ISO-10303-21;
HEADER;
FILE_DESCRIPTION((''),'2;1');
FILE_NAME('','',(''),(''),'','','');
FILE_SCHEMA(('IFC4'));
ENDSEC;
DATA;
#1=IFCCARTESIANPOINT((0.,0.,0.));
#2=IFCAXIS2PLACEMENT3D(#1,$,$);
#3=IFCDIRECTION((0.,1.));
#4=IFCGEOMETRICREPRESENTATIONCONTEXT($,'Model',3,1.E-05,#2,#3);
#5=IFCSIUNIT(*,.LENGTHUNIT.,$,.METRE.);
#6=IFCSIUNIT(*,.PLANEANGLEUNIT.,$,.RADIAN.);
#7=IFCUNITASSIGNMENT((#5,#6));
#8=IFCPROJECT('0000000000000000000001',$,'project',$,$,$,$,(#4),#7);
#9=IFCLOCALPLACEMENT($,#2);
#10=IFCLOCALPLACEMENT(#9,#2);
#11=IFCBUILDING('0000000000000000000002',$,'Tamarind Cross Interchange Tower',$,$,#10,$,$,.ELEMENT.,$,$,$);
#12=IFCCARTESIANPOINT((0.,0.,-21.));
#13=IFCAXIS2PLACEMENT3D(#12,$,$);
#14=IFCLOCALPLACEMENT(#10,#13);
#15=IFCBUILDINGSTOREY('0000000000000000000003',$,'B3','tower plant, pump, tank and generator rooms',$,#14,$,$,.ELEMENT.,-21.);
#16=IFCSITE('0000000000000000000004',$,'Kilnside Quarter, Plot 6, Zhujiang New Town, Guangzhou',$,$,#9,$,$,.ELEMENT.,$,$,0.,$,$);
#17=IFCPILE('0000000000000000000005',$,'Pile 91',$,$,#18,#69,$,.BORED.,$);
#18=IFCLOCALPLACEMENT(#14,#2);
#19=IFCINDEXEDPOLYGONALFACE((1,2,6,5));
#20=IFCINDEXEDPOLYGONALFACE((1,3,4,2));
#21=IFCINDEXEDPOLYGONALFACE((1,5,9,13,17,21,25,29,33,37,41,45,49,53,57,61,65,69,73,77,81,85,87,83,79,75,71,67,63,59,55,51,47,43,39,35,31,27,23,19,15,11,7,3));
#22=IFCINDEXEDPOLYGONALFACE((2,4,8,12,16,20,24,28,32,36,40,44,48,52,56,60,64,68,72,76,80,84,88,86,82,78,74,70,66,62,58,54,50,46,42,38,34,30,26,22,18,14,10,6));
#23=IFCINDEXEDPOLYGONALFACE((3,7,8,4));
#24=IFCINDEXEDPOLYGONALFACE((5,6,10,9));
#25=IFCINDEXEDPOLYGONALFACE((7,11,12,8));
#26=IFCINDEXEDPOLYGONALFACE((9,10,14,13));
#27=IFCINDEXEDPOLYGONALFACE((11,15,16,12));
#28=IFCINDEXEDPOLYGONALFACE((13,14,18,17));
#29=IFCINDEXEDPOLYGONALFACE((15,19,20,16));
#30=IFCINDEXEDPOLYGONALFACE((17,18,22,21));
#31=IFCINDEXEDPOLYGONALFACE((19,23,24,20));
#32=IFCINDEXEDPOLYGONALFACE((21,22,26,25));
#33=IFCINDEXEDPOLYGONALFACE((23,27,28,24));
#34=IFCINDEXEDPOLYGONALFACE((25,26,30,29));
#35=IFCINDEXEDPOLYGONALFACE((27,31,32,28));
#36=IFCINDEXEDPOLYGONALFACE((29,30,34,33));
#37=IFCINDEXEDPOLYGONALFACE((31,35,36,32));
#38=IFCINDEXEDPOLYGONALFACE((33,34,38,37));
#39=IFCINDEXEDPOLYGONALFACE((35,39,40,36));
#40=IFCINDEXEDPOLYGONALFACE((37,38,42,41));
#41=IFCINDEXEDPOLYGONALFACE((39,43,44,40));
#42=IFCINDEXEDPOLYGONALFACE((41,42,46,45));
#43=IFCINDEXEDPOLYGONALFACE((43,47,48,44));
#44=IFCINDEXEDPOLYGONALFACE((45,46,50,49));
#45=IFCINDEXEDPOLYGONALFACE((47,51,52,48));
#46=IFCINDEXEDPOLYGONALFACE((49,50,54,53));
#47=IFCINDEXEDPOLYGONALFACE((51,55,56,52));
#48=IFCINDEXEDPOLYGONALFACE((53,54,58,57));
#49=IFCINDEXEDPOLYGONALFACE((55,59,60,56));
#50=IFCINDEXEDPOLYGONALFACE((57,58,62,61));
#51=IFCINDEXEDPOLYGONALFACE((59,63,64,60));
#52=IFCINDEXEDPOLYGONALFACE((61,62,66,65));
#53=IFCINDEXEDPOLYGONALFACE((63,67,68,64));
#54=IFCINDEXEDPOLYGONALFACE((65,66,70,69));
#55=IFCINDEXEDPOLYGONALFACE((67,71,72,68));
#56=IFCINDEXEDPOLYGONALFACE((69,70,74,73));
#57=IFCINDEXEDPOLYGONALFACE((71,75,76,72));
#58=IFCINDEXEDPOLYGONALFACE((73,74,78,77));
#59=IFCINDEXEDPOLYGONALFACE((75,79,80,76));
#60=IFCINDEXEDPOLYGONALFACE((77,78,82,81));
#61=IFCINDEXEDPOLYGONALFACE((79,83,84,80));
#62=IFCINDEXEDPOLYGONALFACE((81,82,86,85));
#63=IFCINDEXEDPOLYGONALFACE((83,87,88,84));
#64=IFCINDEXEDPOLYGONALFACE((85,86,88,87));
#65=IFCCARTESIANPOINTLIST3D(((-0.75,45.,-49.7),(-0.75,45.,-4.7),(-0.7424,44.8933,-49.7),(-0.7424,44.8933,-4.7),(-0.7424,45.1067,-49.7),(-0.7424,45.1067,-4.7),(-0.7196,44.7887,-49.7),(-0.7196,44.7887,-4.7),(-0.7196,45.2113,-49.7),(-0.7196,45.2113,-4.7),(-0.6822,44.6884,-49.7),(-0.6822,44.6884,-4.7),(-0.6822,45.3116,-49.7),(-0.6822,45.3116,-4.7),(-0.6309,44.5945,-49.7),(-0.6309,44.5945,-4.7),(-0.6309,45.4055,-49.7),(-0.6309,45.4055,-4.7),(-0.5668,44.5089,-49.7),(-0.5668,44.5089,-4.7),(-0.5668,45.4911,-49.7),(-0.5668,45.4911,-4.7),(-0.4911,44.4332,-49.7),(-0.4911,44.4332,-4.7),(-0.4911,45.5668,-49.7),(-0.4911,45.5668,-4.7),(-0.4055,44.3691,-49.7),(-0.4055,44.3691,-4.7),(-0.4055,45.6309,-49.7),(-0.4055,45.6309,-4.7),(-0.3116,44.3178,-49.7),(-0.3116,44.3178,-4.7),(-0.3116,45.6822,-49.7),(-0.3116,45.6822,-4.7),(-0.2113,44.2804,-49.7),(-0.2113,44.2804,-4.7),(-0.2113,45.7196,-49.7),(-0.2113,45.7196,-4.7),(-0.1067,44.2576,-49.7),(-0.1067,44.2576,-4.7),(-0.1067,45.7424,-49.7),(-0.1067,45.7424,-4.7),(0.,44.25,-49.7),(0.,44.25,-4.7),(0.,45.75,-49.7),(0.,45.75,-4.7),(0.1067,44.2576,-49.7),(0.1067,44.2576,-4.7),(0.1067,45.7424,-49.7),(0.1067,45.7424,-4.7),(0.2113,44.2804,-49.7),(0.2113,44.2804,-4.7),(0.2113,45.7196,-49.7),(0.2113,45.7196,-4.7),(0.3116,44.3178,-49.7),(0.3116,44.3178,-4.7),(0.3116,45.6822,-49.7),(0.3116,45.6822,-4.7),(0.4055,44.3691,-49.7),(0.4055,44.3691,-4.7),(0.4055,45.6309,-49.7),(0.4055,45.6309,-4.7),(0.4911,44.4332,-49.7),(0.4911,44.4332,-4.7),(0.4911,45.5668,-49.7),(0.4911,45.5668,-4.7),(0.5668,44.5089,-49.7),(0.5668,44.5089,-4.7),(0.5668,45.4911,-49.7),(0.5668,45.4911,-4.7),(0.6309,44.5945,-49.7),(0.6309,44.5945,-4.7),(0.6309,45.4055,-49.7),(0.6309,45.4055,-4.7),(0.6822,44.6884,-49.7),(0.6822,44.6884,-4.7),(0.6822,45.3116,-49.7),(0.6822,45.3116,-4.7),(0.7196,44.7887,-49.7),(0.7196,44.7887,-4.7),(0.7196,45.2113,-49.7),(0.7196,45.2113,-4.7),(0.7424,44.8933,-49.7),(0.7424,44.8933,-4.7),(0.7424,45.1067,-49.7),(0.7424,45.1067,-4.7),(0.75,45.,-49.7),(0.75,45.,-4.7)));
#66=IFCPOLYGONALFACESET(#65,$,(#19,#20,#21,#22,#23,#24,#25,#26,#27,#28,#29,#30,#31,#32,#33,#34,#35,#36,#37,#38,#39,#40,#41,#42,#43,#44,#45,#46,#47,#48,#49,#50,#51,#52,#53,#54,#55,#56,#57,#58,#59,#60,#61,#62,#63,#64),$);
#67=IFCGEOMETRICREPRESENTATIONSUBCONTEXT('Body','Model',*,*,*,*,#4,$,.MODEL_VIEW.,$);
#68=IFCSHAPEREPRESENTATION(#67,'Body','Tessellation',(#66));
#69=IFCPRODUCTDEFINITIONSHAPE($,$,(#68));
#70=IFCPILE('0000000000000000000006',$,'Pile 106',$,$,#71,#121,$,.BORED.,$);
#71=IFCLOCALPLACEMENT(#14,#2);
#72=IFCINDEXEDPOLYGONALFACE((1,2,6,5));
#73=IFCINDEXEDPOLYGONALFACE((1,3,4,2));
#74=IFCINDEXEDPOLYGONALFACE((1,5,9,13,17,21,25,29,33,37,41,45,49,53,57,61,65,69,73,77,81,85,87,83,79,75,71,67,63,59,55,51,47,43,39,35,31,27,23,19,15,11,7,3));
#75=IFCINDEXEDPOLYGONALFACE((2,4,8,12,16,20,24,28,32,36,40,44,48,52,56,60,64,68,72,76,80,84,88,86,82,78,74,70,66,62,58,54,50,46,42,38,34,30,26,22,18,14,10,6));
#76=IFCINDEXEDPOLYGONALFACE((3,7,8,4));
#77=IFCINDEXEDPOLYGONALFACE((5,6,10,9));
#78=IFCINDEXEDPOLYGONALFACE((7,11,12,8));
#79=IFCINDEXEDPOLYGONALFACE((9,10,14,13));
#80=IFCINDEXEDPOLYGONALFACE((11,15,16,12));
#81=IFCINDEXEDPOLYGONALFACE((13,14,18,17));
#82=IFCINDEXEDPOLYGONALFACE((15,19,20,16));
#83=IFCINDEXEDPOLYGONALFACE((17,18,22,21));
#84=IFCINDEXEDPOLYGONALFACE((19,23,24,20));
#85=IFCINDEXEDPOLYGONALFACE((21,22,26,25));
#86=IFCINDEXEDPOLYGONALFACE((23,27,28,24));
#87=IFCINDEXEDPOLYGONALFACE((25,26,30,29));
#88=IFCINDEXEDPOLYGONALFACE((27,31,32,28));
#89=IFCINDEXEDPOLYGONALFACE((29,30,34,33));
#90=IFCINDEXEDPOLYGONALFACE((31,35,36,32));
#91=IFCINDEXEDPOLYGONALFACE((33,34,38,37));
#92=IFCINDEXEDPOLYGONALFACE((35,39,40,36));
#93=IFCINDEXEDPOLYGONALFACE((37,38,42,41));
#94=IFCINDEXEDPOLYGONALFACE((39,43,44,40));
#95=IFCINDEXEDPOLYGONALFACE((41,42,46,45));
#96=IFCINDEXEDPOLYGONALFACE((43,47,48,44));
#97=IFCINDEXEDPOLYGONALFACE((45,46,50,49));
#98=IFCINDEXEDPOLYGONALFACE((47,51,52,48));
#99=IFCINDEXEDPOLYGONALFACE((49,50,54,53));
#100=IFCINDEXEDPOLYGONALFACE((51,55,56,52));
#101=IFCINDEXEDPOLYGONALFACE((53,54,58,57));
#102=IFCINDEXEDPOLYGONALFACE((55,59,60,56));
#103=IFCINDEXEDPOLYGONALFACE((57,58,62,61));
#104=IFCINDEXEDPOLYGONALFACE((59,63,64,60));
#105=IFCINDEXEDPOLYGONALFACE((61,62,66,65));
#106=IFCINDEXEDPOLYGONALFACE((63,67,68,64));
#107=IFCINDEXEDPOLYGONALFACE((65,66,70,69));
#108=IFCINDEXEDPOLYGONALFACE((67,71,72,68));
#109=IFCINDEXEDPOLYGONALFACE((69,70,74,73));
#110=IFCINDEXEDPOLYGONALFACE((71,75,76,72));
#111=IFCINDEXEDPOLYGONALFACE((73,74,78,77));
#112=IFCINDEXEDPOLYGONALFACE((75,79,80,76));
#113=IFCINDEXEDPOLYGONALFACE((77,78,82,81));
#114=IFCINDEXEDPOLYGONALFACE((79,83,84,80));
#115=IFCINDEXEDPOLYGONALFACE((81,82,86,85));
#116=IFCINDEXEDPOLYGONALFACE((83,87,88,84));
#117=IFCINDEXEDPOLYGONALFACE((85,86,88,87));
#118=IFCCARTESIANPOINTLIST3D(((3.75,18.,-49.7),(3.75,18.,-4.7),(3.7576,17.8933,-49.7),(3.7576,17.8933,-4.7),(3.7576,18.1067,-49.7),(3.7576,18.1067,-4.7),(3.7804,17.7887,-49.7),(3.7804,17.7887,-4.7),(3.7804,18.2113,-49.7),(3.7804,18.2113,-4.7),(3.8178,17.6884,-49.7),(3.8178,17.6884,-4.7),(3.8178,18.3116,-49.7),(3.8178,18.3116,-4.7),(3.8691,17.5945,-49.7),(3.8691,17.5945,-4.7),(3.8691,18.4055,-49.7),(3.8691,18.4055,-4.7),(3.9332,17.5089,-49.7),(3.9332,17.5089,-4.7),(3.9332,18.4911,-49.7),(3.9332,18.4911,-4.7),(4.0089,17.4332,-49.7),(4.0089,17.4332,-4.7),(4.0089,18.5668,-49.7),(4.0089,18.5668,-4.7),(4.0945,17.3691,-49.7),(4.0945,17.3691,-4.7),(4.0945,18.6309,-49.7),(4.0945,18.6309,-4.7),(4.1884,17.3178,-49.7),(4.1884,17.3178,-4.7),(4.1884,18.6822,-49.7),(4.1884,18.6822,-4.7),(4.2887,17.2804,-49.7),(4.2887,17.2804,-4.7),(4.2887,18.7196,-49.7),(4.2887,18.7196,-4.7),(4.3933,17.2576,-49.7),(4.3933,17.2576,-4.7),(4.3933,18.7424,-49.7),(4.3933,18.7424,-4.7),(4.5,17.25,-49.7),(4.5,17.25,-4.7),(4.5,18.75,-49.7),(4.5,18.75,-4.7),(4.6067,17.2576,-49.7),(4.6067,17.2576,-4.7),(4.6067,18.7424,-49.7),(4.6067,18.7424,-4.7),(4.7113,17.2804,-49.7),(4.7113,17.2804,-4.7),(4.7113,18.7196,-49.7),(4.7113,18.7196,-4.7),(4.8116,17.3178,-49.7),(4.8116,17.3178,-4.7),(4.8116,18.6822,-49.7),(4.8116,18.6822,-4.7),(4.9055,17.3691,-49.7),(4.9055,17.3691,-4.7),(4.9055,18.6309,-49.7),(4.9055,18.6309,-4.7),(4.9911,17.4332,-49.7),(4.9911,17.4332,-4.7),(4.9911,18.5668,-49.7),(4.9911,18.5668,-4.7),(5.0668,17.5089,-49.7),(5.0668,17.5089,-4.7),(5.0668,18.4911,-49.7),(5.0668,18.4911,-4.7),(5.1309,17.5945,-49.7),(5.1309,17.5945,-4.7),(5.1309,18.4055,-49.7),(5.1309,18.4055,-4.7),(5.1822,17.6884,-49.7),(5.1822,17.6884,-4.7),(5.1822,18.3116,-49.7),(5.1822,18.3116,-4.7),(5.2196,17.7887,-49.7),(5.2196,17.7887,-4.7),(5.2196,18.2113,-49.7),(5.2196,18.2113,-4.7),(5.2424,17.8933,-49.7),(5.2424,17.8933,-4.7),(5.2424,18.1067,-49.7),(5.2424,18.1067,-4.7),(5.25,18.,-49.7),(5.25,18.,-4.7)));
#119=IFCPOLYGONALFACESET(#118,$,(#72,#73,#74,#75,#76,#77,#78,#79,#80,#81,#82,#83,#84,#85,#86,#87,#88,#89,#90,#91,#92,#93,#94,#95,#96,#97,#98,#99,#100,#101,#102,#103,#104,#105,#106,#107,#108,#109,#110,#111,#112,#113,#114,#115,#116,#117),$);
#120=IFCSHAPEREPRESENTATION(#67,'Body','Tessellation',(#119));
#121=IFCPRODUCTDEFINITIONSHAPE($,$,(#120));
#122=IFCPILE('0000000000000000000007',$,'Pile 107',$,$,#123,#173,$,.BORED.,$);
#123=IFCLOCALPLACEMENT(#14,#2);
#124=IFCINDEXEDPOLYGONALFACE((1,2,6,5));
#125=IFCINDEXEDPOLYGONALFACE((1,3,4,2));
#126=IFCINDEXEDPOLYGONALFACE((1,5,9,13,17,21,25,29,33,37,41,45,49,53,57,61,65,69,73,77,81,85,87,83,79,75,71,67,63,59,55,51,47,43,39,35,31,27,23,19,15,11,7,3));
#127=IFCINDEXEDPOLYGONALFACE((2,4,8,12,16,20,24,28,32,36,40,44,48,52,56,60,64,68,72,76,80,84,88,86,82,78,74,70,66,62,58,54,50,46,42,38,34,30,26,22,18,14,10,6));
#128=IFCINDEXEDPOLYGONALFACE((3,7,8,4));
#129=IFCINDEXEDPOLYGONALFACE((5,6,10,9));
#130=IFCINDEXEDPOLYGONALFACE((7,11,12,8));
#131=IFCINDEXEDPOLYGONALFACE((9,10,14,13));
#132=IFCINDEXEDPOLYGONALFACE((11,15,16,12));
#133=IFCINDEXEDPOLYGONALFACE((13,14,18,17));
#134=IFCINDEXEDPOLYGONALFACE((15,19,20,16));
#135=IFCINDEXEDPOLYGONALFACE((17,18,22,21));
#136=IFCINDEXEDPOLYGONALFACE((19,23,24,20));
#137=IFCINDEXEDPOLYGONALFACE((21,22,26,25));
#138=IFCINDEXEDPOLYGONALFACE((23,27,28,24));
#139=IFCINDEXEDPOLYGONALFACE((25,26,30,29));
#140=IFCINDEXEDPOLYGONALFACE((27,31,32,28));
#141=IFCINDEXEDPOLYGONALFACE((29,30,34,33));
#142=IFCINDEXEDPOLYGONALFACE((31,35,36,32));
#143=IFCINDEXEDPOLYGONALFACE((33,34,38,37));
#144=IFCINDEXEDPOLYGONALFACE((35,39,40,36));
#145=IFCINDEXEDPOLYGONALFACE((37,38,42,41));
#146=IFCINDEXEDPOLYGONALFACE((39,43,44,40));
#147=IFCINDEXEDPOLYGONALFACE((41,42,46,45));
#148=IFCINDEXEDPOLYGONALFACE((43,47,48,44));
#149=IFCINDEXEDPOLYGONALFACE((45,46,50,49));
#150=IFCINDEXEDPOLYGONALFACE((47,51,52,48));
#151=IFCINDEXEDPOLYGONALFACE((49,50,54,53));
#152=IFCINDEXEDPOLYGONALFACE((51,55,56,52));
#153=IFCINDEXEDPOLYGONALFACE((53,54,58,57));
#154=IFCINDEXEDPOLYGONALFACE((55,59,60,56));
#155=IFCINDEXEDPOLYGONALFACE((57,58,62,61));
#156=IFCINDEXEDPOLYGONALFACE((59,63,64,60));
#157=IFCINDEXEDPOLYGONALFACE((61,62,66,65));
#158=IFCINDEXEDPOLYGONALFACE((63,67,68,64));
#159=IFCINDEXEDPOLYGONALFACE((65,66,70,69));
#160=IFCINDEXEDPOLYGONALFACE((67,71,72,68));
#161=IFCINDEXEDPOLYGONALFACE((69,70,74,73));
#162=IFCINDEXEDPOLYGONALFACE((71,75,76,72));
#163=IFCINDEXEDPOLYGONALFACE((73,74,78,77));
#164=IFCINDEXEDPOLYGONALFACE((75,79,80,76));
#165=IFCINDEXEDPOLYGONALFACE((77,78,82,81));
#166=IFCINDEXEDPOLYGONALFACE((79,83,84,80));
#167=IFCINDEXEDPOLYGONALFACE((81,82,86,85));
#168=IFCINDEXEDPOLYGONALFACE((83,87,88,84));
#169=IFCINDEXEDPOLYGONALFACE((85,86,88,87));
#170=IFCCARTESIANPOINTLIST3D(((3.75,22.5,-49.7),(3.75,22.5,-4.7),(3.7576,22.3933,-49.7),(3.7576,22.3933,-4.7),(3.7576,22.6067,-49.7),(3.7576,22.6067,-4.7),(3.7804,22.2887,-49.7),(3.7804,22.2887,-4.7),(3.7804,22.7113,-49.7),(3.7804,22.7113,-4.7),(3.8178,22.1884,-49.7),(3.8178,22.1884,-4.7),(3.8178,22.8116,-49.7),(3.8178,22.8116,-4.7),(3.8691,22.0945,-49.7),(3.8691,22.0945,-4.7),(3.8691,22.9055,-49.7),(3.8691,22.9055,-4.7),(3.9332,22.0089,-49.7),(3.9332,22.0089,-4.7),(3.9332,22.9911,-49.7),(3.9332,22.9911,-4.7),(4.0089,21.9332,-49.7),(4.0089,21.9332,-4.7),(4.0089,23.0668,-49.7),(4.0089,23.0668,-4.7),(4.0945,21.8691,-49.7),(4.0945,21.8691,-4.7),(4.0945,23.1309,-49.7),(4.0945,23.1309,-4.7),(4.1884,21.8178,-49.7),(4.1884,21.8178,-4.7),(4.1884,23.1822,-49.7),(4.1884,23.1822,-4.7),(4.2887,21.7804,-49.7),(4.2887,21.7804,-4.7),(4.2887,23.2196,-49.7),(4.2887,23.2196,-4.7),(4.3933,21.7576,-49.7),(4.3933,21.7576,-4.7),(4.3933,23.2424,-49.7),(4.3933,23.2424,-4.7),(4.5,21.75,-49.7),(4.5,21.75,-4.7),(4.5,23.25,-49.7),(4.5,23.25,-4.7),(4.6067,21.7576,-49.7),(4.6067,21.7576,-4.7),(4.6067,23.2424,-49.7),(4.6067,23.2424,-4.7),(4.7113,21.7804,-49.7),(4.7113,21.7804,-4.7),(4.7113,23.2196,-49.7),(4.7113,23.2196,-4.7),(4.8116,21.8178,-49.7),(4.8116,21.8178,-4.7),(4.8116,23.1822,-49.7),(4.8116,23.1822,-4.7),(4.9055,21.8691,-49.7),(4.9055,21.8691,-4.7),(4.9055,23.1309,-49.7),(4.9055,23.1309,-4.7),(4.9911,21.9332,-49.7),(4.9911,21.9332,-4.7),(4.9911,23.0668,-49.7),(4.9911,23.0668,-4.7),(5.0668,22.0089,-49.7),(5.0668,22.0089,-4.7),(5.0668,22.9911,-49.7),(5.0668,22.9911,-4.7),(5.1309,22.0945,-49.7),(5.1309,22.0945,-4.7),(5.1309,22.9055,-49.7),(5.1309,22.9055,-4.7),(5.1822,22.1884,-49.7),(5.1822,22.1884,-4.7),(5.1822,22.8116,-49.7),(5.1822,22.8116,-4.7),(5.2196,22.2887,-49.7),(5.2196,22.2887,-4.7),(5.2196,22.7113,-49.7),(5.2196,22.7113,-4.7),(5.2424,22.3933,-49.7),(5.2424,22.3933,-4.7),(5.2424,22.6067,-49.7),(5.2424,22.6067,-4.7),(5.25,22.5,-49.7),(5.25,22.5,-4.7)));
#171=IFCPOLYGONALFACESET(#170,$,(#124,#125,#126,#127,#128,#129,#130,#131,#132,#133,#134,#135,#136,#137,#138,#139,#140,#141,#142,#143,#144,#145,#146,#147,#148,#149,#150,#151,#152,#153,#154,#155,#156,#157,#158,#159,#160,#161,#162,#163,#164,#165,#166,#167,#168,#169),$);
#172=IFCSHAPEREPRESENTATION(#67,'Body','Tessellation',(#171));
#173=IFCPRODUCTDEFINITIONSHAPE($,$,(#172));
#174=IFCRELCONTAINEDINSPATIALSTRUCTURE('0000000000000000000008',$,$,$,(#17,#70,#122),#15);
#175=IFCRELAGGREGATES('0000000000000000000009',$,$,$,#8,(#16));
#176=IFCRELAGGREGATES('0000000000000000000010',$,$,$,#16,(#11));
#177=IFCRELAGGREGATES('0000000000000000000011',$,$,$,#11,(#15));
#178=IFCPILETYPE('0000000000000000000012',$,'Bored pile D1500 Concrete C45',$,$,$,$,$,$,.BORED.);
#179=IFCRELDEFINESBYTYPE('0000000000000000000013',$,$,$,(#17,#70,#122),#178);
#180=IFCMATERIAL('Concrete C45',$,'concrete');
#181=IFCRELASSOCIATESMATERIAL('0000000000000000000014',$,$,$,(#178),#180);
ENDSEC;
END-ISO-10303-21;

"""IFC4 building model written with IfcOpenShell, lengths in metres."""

from ifc_helpers import new_model, si_unit, direction, frame, origin, origin_2d, place, context, subcontext, project, spatial, circle, extrude, material, material_profile, profile_set, type_object, element, save


model = new_model("IFC4")

# Units and contexts
model_context = context("Model", 3, precision=1e-05, world=origin(), true_north=direction((0.0, 1.0)))
body_context = subcontext(model_context, "Body", "Model", "MODEL_VIEW")
ifc_project = project(units=[si_unit("LENGTHUNIT", "METRE"), si_unit("PLANEANGLEUNIT", "RADIAN")], contexts=[model_context])

# Site, building, storey
site_placement = place(None, origin())
site = spatial("IfcSite", under=ifc_project, at=site_placement, Name="Kilnside Quarter, Plot 6, Zhujiang New Town, Guangzhou", CompositionType="ELEMENT", RefElevation=0.0)
building_placement = place(site_placement, origin())
building = spatial("IfcBuilding", under=site, at=building_placement, Name="Tamarind Cross Interchange Tower", CompositionType="ELEMENT")
storey_placement = place(building_placement, frame((0.0, 0.0, -21.0)))
storey = spatial("IfcBuildingStorey", under=building, at=storey_placement, Name="B3", Description="tower plant, pump, tank and generator rooms", CompositionType="ELEMENT", Elevation=-21.0)

# Piles
ifc_material_1 = material(Name="Concrete C45", Category="concrete")
ifc_material_profile_1 = material_profile(ifc_material_1, circle(Radius=0.75, at=origin_2d()), Name="RC D1500")
ifc_profile_set_1 = profile_set([ifc_material_profile_1], Name="Concrete C45")
pile_type = type_object("IfcPileType", Name="Bored pile D1500 Concrete C45", PredefinedType="BORED", material=ifc_profile_set_1)
for number, where, z_axis, x_axis, name in (
    (1, (0.0, 45.0, -4.7), (0.0, 0.0, -1.0), (1.0, 0.0, 0.0), "Pile 91"),
    (2, (4.5, 18.0, -4.7), (0.0, 0.0, -1.0), (1.0, 0.0, 0.0), "Pile 106"),
    (3, (4.5, 22.5, -4.7), (0.0, 0.0, -1.0), (1.0, 0.0, 0.0), "Pile 107"),
):
    element("IfcPile", number, at=place(storey_placement, frame(where, z_axis=z_axis, x_axis=x_axis)), inside=storey, type_object=pile_type, Name=name, PredefinedType="BORED", context=body_context, shape_type="SweptSolid", body=[
        extrude(circle(Radius=0.75, at=origin_2d()), origin(), (0.0, 0.0, 1.0), 45.0),
    ])

save(model, "model.ifc")
